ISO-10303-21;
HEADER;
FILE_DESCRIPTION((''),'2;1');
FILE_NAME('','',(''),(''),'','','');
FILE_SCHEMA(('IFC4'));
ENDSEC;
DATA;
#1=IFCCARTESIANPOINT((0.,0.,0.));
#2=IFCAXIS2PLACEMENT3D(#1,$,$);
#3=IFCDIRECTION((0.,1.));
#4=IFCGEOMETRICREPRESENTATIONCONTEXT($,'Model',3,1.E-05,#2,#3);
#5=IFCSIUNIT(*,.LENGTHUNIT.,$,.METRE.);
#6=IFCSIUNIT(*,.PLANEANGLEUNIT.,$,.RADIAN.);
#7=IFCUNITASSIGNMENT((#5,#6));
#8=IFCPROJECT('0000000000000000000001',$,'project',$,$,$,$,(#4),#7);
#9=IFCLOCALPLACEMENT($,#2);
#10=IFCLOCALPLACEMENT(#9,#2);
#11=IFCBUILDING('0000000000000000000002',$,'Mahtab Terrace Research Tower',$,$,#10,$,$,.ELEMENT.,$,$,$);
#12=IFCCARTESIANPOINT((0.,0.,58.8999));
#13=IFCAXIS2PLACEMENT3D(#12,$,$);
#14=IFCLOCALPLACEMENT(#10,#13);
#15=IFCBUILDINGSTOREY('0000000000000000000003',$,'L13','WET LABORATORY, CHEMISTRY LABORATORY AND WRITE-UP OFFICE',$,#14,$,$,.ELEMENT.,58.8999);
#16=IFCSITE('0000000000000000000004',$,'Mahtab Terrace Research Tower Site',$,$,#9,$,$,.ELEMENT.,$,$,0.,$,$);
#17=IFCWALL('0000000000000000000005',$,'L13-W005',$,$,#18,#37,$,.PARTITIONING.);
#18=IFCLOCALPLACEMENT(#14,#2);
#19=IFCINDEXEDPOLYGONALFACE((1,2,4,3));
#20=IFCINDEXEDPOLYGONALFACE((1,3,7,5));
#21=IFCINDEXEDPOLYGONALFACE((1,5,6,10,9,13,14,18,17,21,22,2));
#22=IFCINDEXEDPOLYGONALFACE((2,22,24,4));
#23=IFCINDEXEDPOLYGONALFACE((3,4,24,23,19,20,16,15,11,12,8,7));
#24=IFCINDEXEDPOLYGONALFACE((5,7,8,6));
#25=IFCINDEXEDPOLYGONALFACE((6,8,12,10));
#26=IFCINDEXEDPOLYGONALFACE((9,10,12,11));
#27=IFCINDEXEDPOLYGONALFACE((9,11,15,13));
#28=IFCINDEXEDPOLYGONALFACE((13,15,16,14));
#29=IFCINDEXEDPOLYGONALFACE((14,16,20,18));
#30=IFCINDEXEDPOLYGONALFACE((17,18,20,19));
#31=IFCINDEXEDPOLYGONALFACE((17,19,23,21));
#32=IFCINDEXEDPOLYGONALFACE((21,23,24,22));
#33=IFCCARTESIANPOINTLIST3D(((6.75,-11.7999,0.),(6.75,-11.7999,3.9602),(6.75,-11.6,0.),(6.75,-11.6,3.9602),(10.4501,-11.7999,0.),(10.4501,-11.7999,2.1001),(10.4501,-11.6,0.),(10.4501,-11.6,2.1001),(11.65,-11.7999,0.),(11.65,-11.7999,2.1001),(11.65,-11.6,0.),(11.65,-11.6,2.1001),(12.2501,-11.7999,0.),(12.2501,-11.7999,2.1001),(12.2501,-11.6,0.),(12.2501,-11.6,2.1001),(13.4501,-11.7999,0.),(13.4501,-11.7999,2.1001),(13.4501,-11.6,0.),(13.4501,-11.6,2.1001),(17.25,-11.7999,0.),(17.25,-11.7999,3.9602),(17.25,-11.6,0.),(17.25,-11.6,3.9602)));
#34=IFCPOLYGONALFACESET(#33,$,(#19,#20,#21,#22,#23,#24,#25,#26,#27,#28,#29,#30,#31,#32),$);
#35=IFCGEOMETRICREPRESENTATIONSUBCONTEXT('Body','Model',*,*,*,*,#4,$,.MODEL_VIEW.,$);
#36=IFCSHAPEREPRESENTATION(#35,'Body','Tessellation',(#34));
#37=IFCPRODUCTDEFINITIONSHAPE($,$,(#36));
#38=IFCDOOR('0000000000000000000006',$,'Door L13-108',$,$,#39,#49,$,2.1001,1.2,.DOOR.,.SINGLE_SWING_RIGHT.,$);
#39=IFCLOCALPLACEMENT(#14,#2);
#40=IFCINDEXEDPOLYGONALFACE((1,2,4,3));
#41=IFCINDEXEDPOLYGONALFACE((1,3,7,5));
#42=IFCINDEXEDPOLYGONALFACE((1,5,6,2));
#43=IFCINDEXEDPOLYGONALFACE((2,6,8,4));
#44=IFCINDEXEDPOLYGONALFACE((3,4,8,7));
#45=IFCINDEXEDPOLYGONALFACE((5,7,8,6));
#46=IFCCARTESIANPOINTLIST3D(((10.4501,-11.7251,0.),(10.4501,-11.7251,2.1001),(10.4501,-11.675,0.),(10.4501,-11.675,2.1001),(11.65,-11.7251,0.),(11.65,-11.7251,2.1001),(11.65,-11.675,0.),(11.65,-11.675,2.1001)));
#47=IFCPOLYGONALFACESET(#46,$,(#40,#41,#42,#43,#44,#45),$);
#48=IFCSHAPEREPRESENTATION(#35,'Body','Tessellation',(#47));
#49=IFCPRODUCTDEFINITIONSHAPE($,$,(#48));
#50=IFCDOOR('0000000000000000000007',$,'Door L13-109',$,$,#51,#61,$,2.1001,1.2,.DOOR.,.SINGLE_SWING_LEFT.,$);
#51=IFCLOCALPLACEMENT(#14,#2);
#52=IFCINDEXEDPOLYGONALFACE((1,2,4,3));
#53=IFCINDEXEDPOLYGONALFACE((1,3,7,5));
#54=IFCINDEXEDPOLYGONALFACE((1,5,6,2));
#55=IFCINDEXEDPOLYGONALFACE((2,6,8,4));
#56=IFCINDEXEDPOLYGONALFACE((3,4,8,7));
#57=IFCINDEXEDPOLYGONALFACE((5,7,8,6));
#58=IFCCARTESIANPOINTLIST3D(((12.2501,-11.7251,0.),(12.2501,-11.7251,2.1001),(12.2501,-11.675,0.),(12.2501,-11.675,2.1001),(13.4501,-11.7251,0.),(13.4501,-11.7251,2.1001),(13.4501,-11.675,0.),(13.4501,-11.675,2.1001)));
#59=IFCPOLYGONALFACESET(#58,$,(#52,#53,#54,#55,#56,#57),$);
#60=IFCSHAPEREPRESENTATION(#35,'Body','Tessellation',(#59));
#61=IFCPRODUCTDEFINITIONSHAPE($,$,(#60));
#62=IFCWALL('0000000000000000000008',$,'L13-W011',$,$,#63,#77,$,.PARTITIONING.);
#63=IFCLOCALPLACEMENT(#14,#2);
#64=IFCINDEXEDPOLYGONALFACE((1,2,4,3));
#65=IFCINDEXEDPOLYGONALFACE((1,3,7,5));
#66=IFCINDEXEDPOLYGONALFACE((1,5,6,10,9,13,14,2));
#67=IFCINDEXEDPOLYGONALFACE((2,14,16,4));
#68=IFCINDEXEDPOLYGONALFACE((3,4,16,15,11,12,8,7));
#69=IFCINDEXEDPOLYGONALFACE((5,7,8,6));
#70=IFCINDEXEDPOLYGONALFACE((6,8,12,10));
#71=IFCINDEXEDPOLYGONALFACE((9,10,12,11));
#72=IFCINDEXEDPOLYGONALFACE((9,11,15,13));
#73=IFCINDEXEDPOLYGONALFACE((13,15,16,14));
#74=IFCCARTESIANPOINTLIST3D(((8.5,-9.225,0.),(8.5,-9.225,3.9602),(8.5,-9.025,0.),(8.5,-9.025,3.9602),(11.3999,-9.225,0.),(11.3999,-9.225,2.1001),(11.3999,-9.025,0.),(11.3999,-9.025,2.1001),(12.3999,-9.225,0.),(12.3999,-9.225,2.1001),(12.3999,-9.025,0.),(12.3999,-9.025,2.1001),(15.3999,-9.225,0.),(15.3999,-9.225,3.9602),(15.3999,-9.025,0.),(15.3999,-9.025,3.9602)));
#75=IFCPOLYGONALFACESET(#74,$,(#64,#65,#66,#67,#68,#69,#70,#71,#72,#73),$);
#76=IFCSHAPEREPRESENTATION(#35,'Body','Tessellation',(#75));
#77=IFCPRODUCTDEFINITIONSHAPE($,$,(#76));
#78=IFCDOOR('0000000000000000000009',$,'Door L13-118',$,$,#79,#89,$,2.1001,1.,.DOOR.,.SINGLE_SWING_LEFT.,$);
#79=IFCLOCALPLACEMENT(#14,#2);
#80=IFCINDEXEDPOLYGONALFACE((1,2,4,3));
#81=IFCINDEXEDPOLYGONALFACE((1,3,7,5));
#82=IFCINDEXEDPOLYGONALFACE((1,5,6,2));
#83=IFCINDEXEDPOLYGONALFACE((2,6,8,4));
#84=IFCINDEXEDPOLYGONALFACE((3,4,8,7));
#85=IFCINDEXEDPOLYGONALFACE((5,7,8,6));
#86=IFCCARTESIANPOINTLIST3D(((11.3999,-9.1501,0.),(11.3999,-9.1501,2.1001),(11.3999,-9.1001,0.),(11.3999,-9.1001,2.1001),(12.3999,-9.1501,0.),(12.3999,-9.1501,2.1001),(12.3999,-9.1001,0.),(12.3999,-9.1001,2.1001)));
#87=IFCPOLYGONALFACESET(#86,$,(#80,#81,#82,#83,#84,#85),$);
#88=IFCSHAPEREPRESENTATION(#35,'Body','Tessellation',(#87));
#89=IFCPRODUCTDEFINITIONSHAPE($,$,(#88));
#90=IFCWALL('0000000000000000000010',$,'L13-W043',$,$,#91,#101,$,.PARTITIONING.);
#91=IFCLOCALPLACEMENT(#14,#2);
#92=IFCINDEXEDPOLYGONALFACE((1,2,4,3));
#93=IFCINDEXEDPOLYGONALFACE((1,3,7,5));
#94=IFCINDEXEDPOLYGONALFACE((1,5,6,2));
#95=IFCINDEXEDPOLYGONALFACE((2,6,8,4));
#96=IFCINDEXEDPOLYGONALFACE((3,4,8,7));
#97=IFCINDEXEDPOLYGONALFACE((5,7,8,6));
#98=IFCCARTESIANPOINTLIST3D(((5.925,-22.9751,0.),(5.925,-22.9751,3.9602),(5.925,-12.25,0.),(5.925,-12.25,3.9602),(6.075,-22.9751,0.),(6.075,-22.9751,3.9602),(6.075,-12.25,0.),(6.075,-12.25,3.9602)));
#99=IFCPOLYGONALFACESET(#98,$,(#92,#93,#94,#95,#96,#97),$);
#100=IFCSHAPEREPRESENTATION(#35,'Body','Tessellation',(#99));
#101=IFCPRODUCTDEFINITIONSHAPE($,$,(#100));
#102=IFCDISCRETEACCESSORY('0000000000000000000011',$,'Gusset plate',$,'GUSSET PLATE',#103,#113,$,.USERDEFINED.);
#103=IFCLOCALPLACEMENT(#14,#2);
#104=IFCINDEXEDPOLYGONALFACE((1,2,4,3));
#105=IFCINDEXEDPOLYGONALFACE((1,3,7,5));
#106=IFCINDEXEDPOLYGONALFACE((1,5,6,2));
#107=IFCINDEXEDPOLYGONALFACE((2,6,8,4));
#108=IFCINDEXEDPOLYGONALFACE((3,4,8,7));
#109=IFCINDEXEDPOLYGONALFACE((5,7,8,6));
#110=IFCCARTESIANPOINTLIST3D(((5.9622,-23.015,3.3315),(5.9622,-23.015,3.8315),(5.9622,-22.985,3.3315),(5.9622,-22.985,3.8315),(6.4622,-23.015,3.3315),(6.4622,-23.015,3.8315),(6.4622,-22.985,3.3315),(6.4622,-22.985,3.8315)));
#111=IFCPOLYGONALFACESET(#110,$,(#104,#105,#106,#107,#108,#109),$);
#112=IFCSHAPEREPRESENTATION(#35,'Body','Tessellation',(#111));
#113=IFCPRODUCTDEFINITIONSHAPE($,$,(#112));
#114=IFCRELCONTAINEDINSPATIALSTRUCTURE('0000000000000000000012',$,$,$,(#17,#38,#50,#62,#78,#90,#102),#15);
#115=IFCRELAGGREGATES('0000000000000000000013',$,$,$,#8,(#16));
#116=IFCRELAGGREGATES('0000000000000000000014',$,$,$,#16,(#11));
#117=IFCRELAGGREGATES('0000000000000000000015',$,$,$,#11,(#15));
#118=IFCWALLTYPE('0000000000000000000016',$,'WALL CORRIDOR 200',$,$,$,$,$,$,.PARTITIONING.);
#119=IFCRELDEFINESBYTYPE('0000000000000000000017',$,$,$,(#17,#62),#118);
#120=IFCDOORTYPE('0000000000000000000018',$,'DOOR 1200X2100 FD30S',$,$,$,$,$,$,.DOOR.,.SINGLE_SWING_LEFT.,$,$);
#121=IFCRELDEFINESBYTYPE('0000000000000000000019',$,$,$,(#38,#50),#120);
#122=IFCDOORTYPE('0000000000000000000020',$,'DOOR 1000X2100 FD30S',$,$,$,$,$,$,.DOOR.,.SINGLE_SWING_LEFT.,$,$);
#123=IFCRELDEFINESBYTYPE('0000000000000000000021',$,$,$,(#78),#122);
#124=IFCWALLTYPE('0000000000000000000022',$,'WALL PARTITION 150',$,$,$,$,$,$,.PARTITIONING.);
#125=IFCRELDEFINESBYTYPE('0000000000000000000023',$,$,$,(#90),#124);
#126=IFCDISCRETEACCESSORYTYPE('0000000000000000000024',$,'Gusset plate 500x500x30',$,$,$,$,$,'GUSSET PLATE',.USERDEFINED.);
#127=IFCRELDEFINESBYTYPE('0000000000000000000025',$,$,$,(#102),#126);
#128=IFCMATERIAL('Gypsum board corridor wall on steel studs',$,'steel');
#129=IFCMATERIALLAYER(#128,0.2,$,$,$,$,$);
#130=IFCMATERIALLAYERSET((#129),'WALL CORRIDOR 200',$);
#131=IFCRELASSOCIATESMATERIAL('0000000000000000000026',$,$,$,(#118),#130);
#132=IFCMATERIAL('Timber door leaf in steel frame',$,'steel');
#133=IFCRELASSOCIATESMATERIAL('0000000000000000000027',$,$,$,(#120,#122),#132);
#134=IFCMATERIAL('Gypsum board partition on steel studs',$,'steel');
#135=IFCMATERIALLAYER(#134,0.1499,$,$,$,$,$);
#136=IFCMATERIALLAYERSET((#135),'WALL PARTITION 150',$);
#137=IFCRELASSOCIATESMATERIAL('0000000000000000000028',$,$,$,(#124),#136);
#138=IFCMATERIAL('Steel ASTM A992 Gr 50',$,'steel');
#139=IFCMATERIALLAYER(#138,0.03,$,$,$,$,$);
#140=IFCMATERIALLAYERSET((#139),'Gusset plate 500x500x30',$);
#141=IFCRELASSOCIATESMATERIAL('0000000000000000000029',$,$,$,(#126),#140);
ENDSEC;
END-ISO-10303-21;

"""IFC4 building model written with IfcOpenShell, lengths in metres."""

from ifc_helpers import new_model, si_unit, direction, frame, frame_2d, origin, origin_2d, place, context, subcontext, project, spatial, rectangle, extrude, material, layer, layer_set, type_object, element, fill, save


model = new_model("IFC4")

# Units and contexts
model_context = context("Model", 3, precision=1e-05, world=origin(), true_north=direction((0.0, 1.0)))
body_context = subcontext(model_context, "Body", "Model", "MODEL_VIEW")
ifc_project = project(units=[si_unit("LENGTHUNIT", "METRE"), si_unit("PLANEANGLEUNIT", "RADIAN")], contexts=[model_context])

# Site, building, storey
site_placement = place(None, origin())
site = spatial("IfcSite", under=ifc_project, at=site_placement, Name="Mahtab Terrace Research Tower Site", CompositionType="ELEMENT", RefElevation=0.0)
building_placement = place(site_placement, origin())
building = spatial("IfcBuilding", under=site, at=building_placement, Name="Mahtab Terrace Research Tower", CompositionType="ELEMENT")
storey_placement = place(building_placement, frame((0.0, 0.0, 58.8999)))
storey = spatial("IfcBuildingStorey", under=building, at=storey_placement, Name="L13", Description="WET LABORATORY, CHEMISTRY LABORATORY AND WRITE-UP OFFICE", CompositionType="ELEMENT", Elevation=58.8999)

# Shared definitions
ifc_material_1 = material(Name="Steel ASTM A992 Gr 50", Category="steel")

# Wall, openings, doors
ifc_material_2 = material(Name="Gypsum board corridor wall on steel studs", Category="steel")
ifc_layer_1 = layer(ifc_material_2, 0.2)
ifc_layer_set_1 = layer_set([ifc_layer_1], Name="WALL CORRIDOR 200")
wall_type_1 = type_object("IfcWallType", Name="WALL CORRIDOR 200", PredefinedType="PARTITIONING", material=ifc_layer_set_1)
wall_1_placement = place(storey_placement, frame((6.75, -11.7, 0.0), z_axis=(0.0, 0.0, 1.0), x_axis=(1.0, 0.0, 0.0)))
wall_1 = element("IfcWall", 1, at=wall_1_placement, inside=storey, type_object=wall_type_1, Name="L13-W005", PredefinedType="PARTITIONING", context=body_context, shape_type="SweptSolid", body=[
    extrude(rectangle(XDim=10.5, YDim=0.2, at=frame_2d((5.25, 0.0))), origin(), (0.0, 0.0, 1.0), 3.9602),
])
opening_1_placement = place(wall_1_placement, frame((3.7, 0.0, 0.0)))
opening_1 = element("IfcOpeningElement", 2, at=opening_1_placement, cuts=wall_1, PredefinedType="OPENING", context=body_context, shape_type="SweptSolid", body=[
    extrude(rectangle(XDim=1.2, YDim=2.1001, at=frame_2d((0.6001, 1.05))), frame((0.0, 0.1099, 0.0), z_axis=(0.0, -1.0, 0.0), x_axis=(1.0, 0.0, 0.0)), (0.0, 0.0, 1.0), 0.22),
])
opening_2_placement = place(wall_1_placement, frame((5.5, 0.0, 0.0)))
opening_2 = element("IfcOpeningElement", 3, at=opening_2_placement, cuts=wall_1, PredefinedType="OPENING", context=body_context, shape_type="SweptSolid", body=[
    extrude(rectangle(XDim=1.2, YDim=2.1001, at=frame_2d((0.6001, 1.05))), frame((0.0, 0.1099, 0.0), z_axis=(0.0, -1.0, 0.0), x_axis=(1.0, 0.0, 0.0)), (0.0, 0.0, 1.0), 0.22),
])
ifc_material_3 = material(Name="Timber door leaf in steel frame", Category="steel")
door_type_1 = type_object("IfcDoorType", Name="DOOR 1200X2100 FD30S", OperationType="SINGLE_SWING_LEFT", PredefinedType="DOOR", material=ifc_material_3)
door_1_placement = place(opening_1_placement, origin())
door_1 = element("IfcDoor", 4, at=door_1_placement, inside=storey, type_object=door_type_1, Name="Door L13-108", OperationType="SINGLE_SWING_RIGHT", OverallHeight=2.1001, OverallWidth=1.2, PredefinedType="DOOR", context=body_context, shape_type="SweptSolid", body=[
    extrude(rectangle(XDim=1.2, YDim=2.1001, at=frame_2d((0.6001, 1.05))), frame((0.0, 0.0249, 0.0), z_axis=(0.0, -1.0, 0.0), x_axis=(1.0, 0.0, 0.0)), (0.0, 0.0, 1.0), 0.05),
])
fill(opening_1, door_1)
door_2_placement = place(opening_2_placement, origin())
door_2 = element("IfcDoor", 5, at=door_2_placement, inside=storey, type_object=door_type_1, Name="Door L13-109", OperationType="SINGLE_SWING_LEFT", OverallHeight=2.1001, OverallWidth=1.2, PredefinedType="DOOR", context=body_context, shape_type="SweptSolid", body=[
    extrude(rectangle(XDim=1.2, YDim=2.1001, at=frame_2d((0.6001, 1.05))), frame((0.0, 0.0249, 0.0), z_axis=(0.0, -1.0, 0.0), x_axis=(1.0, 0.0, 0.0)), (0.0, 0.0, 1.0), 0.05),
])
fill(opening_2, door_2)

# Wall, opening, door
wall_2_placement = place(storey_placement, frame((8.5, -9.125, 0.0), z_axis=(0.0, 0.0, 1.0), x_axis=(1.0, 0.0, 0.0)))
wall_2 = element("IfcWall", 6, at=wall_2_placement, inside=storey, type_object=wall_type_1, Name="L13-W011", PredefinedType="PARTITIONING", context=body_context, shape_type="SweptSolid", body=[
    extrude(rectangle(XDim=6.8999, YDim=0.2, at=frame_2d((3.45, 0.0))), origin(), (0.0, 0.0, 1.0), 3.9602),
])
opening_3_placement = place(wall_2_placement, frame((2.8999, 0.0, 0.0)))
opening_3 = element("IfcOpeningElement", 7, at=opening_3_placement, cuts=wall_2, PredefinedType="OPENING", context=body_context, shape_type="SweptSolid", body=[
    extrude(rectangle(XDim=1.0, YDim=2.1001, at=frame_2d((0.5, 1.05))), frame((0.0, 0.1099, 0.0), z_axis=(0.0, -1.0, 0.0), x_axis=(1.0, 0.0, 0.0)), (0.0, 0.0, 1.0), 0.22),
])
door_type_2 = type_object("IfcDoorType", Name="DOOR 1000X2100 FD30S", OperationType="SINGLE_SWING_LEFT", PredefinedType="DOOR", material=ifc_material_3)
door_3_placement = place(opening_3_placement, origin())
door_3 = element("IfcDoor", 8, at=door_3_placement, inside=storey, type_object=door_type_2, Name="Door L13-118", OperationType="SINGLE_SWING_LEFT", OverallHeight=2.1001, OverallWidth=1.0, PredefinedType="DOOR", context=body_context, shape_type="SweptSolid", body=[
    extrude(rectangle(XDim=1.0, YDim=2.1001, at=frame_2d((0.5, 1.05))), frame((0.0, 0.0249, 0.0), z_axis=(0.0, -1.0, 0.0), x_axis=(1.0, 0.0, 0.0)), (0.0, 0.0, 1.0), 0.05),
])
fill(opening_3, door_3)

# Wall
ifc_material_4 = material(Name="Gypsum board partition on steel studs", Category="steel")
ifc_layer_2 = layer(ifc_material_4, 0.1499)
ifc_layer_set_2 = layer_set([ifc_layer_2], Name="WALL PARTITION 150")
wall_type_2 = type_object("IfcWallType", Name="WALL PARTITION 150", PredefinedType="PARTITIONING", material=ifc_layer_set_2)
wall_3_placement = place(storey_placement, frame((6.0, -22.9751, 0.0), z_axis=(0.0, 0.0, 1.0), x_axis=(0.0, 1.0, 0.0)))
element("IfcWall", 9, at=wall_3_placement, inside=storey, type_object=wall_type_2, Name="L13-W043", PredefinedType="PARTITIONING", context=body_context, shape_type="SweptSolid", body=[
    extrude(rectangle(XDim=10.7251, YDim=0.1499, at=frame_2d((5.3625, 0.0))), origin(), (0.0, 0.0, 1.0), 3.9602),
])

# Discrete accessory
ifc_layer_3 = layer(ifc_material_1, 0.03)
ifc_layer_set_3 = layer_set([ifc_layer_3], Name="Gusset plate 500x500x30")
discrete_accessory_type = type_object("IfcDiscreteAccessoryType", Name="Gusset plate 500x500x30", ElementType="GUSSET PLATE", PredefinedType="USERDEFINED", material=ifc_layer_set_3)
discrete_accessory_placement = place(storey_placement, frame((6.2122, -23.0, 3.3315), z_axis=(0.0, 0.0, 1.0), x_axis=(1.0, 0.0, 0.0)))
element("IfcDiscreteAccessory", 10, at=discrete_accessory_placement, inside=storey, type_object=discrete_accessory_type, Name="Gusset plate", ObjectType="GUSSET PLATE", PredefinedType="USERDEFINED", context=body_context, shape_type="SweptSolid", body=[
    extrude(rectangle(XDim=0.5, YDim=0.03, at=origin_2d()), origin(), (0.0, 0.0, 1.0), 0.5),
])

save(model, "model.ifc")
